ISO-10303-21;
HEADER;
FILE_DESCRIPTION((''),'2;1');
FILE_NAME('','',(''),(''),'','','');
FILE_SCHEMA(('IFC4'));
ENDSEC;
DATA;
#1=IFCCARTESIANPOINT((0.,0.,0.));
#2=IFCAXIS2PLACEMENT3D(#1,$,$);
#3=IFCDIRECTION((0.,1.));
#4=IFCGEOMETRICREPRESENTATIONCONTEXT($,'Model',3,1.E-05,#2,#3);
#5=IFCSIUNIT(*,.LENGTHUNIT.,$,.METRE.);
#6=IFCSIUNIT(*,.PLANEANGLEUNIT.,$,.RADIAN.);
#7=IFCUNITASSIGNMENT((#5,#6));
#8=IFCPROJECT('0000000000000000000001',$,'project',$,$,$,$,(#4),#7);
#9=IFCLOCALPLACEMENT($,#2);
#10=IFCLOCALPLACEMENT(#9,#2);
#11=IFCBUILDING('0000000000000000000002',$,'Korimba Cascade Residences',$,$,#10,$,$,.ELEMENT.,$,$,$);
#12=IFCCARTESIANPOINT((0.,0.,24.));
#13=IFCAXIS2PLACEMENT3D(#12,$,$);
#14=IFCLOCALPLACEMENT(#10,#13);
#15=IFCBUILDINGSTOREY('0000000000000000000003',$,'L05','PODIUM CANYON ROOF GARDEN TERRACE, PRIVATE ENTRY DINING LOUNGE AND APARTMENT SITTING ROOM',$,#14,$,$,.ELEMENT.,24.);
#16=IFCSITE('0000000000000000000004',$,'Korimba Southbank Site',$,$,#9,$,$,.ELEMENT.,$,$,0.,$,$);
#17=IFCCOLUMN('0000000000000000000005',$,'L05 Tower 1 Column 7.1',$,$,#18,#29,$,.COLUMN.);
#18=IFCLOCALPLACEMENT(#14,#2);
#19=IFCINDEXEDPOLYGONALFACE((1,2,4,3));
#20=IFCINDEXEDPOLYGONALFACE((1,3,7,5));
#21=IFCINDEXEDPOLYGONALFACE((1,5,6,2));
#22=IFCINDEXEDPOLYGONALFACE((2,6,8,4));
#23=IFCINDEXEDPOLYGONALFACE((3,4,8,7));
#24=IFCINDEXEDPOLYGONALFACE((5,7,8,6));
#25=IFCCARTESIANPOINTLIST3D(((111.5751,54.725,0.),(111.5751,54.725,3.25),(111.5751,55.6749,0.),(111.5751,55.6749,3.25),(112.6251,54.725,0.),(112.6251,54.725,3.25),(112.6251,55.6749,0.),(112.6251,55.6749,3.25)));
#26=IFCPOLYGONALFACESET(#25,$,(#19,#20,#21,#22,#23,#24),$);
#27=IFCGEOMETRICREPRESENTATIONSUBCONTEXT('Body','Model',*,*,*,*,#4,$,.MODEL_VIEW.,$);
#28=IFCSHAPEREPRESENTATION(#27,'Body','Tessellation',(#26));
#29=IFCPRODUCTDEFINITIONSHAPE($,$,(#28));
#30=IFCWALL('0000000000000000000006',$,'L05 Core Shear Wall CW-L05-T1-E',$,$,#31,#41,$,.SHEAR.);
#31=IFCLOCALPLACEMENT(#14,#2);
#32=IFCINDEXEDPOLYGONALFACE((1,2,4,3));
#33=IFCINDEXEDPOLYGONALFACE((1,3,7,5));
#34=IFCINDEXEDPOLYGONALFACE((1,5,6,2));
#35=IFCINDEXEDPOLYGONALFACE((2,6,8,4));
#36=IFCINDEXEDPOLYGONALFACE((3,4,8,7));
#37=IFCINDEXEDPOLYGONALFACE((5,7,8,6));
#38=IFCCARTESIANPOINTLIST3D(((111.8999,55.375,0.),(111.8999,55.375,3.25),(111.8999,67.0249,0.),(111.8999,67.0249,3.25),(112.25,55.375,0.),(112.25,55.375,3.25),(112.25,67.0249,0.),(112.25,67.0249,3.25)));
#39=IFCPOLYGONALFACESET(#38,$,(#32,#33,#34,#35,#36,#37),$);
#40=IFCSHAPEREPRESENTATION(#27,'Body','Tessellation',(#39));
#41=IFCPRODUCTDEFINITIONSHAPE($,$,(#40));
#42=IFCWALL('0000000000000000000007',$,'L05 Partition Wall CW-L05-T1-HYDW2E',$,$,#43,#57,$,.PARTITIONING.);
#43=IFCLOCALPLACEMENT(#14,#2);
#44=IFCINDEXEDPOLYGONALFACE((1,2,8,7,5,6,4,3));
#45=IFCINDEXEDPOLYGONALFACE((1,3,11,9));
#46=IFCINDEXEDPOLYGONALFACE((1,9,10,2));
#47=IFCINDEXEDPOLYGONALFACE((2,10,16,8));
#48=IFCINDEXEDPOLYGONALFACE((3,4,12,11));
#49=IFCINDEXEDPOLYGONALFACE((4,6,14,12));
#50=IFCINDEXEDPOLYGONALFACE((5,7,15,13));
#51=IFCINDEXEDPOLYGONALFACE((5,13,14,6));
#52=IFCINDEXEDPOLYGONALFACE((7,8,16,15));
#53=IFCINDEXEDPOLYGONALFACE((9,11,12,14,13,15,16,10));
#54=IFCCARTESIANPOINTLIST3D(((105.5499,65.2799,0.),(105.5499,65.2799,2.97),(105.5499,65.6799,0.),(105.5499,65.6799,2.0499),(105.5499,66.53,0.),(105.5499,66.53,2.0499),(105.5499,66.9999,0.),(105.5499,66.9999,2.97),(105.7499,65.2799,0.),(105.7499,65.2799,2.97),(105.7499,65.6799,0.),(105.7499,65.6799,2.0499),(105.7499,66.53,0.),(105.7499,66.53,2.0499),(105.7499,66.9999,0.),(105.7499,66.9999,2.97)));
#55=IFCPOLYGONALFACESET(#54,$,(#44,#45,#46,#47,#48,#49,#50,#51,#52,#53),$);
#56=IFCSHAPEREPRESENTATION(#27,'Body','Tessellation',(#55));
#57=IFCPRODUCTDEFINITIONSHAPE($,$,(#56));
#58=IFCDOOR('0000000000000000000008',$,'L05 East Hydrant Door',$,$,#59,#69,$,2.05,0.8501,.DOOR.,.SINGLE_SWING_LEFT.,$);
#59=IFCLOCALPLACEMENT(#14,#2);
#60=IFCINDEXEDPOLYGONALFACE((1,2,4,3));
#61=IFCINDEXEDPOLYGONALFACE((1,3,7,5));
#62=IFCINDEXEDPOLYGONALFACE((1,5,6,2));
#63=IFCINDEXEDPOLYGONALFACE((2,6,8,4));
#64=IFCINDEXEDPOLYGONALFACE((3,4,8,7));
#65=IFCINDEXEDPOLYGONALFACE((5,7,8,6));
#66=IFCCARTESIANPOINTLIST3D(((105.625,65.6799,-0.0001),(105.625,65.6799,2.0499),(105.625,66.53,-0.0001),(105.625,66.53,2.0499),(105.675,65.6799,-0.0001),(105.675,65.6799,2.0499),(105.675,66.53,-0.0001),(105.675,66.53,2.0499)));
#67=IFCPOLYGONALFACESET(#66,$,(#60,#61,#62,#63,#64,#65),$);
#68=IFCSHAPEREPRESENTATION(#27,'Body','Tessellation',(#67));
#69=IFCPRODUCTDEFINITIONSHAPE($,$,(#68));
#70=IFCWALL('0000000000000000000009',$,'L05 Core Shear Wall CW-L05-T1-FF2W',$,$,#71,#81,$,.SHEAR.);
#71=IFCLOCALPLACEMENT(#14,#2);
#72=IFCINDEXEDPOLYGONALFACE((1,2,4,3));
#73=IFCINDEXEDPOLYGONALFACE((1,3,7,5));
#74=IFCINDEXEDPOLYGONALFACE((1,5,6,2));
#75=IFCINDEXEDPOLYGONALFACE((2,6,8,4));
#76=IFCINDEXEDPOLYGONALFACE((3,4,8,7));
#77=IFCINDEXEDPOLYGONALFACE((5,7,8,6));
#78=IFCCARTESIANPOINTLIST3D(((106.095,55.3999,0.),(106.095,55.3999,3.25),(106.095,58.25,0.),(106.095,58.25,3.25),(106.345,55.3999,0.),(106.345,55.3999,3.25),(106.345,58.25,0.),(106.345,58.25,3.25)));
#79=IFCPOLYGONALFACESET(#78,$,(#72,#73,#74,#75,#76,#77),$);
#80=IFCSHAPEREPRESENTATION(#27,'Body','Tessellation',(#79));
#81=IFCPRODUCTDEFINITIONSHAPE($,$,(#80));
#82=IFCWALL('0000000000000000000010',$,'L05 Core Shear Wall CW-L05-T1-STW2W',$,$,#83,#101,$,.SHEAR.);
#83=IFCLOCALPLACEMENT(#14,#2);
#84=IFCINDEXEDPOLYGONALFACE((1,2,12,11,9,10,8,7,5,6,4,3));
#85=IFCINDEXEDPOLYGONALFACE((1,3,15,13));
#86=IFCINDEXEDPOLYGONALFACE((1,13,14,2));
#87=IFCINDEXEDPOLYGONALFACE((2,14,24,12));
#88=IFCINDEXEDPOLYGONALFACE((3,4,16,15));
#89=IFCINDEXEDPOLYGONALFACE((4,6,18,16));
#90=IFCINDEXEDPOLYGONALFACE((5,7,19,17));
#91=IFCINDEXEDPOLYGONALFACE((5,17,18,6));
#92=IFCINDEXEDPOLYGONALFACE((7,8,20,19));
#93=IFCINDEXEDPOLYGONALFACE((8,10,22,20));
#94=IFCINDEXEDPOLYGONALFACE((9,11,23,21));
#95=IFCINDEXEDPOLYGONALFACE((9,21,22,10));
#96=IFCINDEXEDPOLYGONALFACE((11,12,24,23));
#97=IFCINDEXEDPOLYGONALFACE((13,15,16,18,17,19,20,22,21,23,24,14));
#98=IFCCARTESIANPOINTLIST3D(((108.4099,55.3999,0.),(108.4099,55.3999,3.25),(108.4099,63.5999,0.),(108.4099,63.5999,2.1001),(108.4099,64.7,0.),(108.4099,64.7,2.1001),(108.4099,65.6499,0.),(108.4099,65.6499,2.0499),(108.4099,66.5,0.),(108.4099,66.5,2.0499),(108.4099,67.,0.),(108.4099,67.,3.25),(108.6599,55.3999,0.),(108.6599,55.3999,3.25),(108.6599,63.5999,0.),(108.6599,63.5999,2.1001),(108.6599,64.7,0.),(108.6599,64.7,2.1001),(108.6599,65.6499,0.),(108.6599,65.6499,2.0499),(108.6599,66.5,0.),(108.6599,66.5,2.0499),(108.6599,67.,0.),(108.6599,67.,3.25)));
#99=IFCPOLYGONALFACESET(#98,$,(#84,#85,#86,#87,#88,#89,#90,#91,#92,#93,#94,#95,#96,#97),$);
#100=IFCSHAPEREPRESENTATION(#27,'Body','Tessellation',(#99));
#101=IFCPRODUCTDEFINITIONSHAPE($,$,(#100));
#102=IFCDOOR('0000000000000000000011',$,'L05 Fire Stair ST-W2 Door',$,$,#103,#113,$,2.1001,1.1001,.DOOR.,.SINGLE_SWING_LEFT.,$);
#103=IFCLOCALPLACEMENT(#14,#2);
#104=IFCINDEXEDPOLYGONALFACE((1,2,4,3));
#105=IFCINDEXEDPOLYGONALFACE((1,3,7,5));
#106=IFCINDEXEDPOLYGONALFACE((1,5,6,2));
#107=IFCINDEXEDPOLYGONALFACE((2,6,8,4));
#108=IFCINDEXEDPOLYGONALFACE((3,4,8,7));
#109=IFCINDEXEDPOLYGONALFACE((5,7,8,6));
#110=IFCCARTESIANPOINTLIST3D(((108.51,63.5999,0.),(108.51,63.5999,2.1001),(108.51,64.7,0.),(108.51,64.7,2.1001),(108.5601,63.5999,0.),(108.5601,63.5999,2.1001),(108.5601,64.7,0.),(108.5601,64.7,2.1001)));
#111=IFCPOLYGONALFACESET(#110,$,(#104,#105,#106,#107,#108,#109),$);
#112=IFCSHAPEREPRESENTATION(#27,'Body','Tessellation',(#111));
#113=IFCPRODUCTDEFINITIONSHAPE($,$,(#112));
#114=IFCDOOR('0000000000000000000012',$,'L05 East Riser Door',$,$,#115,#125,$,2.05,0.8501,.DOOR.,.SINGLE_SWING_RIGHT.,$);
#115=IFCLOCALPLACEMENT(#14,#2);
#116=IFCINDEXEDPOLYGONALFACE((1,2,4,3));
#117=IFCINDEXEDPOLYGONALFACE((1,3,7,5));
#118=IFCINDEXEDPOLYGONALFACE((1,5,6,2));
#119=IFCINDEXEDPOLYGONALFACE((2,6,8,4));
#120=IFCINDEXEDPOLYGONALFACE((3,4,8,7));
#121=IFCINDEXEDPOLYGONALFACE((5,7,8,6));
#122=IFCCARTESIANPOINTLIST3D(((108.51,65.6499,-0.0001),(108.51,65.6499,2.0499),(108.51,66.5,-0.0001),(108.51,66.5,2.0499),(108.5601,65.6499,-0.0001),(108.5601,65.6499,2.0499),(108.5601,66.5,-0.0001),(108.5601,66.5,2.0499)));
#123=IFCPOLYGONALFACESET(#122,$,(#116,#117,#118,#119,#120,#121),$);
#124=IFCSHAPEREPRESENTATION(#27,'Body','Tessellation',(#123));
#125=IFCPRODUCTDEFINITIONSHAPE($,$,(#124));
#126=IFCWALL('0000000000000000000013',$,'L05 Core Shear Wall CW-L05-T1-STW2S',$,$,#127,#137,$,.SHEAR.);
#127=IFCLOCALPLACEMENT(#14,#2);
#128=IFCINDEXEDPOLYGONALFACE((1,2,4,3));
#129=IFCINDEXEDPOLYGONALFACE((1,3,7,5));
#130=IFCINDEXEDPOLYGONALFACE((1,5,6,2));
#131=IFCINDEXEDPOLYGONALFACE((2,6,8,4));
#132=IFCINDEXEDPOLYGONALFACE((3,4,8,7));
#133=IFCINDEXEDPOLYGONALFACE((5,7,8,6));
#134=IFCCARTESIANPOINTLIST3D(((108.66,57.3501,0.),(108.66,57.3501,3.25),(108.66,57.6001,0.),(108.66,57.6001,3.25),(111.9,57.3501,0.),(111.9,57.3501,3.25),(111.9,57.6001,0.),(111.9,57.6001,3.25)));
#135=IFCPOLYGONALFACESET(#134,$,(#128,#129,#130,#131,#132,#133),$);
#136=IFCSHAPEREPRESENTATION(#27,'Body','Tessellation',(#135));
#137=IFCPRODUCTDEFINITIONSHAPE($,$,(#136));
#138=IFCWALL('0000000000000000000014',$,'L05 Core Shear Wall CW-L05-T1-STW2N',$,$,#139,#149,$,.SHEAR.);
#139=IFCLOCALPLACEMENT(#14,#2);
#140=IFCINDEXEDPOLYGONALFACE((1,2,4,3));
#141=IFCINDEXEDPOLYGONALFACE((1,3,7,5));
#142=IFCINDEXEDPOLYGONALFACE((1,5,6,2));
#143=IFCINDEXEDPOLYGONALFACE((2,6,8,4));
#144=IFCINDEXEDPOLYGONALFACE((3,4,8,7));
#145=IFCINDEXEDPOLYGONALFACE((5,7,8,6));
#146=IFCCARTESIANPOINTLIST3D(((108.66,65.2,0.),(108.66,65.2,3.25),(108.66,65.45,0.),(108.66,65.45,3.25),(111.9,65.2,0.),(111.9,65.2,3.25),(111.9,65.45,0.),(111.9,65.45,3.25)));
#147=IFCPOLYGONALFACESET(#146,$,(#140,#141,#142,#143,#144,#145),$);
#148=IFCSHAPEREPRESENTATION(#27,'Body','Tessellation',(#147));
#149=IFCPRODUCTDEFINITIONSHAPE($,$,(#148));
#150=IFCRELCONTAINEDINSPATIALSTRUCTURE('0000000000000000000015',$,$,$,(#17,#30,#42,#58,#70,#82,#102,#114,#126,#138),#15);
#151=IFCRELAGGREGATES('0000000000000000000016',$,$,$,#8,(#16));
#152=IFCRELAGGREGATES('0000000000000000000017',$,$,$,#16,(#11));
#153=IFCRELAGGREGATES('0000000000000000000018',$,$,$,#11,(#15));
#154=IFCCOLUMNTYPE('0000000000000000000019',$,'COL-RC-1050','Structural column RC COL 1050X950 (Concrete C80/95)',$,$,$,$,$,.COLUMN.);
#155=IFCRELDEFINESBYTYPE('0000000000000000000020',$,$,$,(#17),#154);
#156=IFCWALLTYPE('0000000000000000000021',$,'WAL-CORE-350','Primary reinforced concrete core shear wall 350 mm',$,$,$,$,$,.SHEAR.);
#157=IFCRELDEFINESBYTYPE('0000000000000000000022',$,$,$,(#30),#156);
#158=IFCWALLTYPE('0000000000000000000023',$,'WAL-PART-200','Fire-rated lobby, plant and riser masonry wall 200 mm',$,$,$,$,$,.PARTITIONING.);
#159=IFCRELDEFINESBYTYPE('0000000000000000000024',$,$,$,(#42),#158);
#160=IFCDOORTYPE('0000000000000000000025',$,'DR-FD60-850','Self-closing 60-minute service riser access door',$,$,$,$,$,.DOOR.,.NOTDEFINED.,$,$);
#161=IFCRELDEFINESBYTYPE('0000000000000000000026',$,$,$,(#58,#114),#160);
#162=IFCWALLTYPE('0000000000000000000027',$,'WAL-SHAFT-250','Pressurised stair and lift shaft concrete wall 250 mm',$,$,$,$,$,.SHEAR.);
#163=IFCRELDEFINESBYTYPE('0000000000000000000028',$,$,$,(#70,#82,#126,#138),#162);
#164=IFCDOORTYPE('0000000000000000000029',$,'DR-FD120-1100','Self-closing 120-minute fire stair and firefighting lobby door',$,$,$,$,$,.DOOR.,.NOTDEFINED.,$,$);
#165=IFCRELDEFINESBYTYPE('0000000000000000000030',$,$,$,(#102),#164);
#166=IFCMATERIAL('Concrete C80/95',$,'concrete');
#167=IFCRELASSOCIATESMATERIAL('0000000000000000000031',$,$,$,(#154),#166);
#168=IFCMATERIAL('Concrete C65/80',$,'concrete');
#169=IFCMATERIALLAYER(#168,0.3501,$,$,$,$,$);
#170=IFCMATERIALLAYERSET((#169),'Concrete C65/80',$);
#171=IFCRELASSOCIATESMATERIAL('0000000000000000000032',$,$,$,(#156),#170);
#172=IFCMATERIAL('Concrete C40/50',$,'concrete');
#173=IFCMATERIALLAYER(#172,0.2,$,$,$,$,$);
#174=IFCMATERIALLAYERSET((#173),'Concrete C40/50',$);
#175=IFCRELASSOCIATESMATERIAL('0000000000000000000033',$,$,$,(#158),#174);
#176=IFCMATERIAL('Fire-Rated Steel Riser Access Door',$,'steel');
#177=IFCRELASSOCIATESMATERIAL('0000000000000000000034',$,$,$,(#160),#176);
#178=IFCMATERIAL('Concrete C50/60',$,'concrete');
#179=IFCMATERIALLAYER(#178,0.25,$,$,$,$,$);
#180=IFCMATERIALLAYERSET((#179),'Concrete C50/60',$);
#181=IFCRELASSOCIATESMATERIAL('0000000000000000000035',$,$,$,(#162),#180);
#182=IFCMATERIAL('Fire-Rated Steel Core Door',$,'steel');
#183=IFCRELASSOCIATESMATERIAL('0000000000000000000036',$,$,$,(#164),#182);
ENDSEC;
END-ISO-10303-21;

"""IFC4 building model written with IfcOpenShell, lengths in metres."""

from ifc_helpers import new_model, si_unit, direction, frame, frame_2d, origin, origin_2d, place, context, subcontext, project, spatial, rectangle, extrude, material, layer, layer_set, material_profile, profile_set, type_object, element, fill, save


model = new_model("IFC4")

# Units and contexts
model_context = context("Model", 3, precision=1e-05, world=origin(), true_north=direction((0.0, 1.0)))
body_context = subcontext(model_context, "Body", "Model", "MODEL_VIEW")
ifc_project = project(units=[si_unit("LENGTHUNIT", "METRE"), si_unit("PLANEANGLEUNIT", "RADIAN")], contexts=[model_context])

# Site, building, storey
site_placement = place(None, origin())
site = spatial("IfcSite", under=ifc_project, at=site_placement, Name="Korimba Southbank Site", CompositionType="ELEMENT", RefElevation=0.0)
building_placement = place(site_placement, origin())
building = spatial("IfcBuilding", under=site, at=building_placement, Name="Korimba Cascade Residences", CompositionType="ELEMENT")
storey_placement = place(building_placement, frame((0.0, 0.0, 24.0)))
storey = spatial("IfcBuildingStorey", under=building, at=storey_placement, Name="L05", Description="PODIUM CANYON ROOF GARDEN TERRACE, PRIVATE ENTRY DINING LOUNGE AND APARTMENT SITTING ROOM", CompositionType="ELEMENT", Elevation=24.0)

# Column
ifc_material_1 = material(Name="Concrete C80/95", Category="concrete")
ifc_material_profile = material_profile(ifc_material_1, rectangle(XDim=1.05, YDim=0.95, at=origin_2d()), Name="Concrete C80/95")
ifc_profile_set = profile_set([ifc_material_profile], Name="Concrete C80/95")
column_type = type_object("IfcColumnType", Name="COL-RC-1050", Description="Structural column RC COL 1050X950 (Concrete C80/95)", PredefinedType="COLUMN", material=ifc_profile_set)
column_placement = place(storey_placement, frame((112.1001, 55.2, 0.0), z_axis=(0.0, 0.0, 1.0), x_axis=(1.0, 0.0, 0.0)))
element("IfcColumn", 1, at=column_placement, inside=storey, type_object=column_type, Name="L05 Tower 1 Column 7.1", PredefinedType="COLUMN", context=body_context, shape_type="SweptSolid", body=[
    extrude(rectangle(XDim=1.05, YDim=0.95, at=origin_2d()), origin(), (0.0, 0.0, 1.0), 3.25),
])

# Wall
ifc_material_2 = material(Name="Concrete C65/80", Category="concrete")
ifc_layer_1 = layer(ifc_material_2, 0.3501)
ifc_layer_set_1 = layer_set([ifc_layer_1], Name="Concrete C65/80")
wall_type_1 = type_object("IfcWallType", Name="WAL-CORE-350", Description="Primary reinforced concrete core shear wall 350 mm", PredefinedType="SHEAR", material=ifc_layer_set_1)
wall_1_placement = place(storey_placement, frame((112.075, 55.375, 0.0), z_axis=(0.0, 0.0, 1.0), x_axis=(0.0, 1.0, 0.0)))
element("IfcWall", 2, at=wall_1_placement, inside=storey, type_object=wall_type_1, Name="L05 Core Shear Wall CW-L05-T1-E", PredefinedType="SHEAR", context=body_context, shape_type="SweptSolid", body=[
    extrude(rectangle(XDim=11.6499, YDim=0.3501, at=frame_2d((5.825, 0.0))), origin(), (0.0, 0.0, 1.0), 3.25),
])

# Wall, opening, door
ifc_material_3 = material(Name="Concrete C40/50", Category="concrete")
ifc_layer_2 = layer(ifc_material_3, 0.2)
ifc_layer_set_2 = layer_set([ifc_layer_2], Name="Concrete C40/50")
wall_type_2 = type_object("IfcWallType", Name="WAL-PART-200", Description="Fire-rated lobby, plant and riser masonry wall 200 mm", PredefinedType="PARTITIONING", material=ifc_layer_set_2)
wall_2_placement = place(storey_placement, frame((105.6499, 65.28, 0.0), z_axis=(0.0, 0.0, 1.0), x_axis=(0.0, 1.0, 0.0)))
wall_2 = element("IfcWall", 3, at=wall_2_placement, inside=storey, type_object=wall_type_2, Name="L05 Partition Wall CW-L05-T1-HYDW2E", PredefinedType="PARTITIONING", context=body_context, shape_type="SweptSolid", body=[
    extrude(rectangle(XDim=1.72, YDim=0.2, at=frame_2d((0.8599, 0.0))), origin(), (0.0, 0.0, 1.0), 2.97),
])
opening_1_placement = place(wall_2_placement, frame((0.3999, 0.0, 0.0)))
opening_1 = element("IfcOpeningElement", 4, at=opening_1_placement, cuts=wall_2, PredefinedType="OPENING", context=body_context, shape_type="SweptSolid", body=[
    extrude(rectangle(XDim=0.8501, YDim=2.05, at=frame_2d((0.425, 1.0249))), frame((0.0, 0.1099, 0.0), z_axis=(0.0, -1.0, 0.0), x_axis=(1.0, 0.0, 0.0)), (0.0, 0.0, 1.0), 0.22),
])
ifc_material_4 = material(Name="Fire-Rated Steel Riser Access Door", Category="steel")
door_type_1 = type_object("IfcDoorType", Name="DR-FD60-850", Description="Self-closing 60-minute service riser access door", OperationType="NOTDEFINED", PredefinedType="DOOR", material=ifc_material_4)
door_1_placement = place(opening_1_placement, origin())
door_1 = element("IfcDoor", 5, at=door_1_placement, inside=storey, type_object=door_type_1, Name="L05 East Hydrant Door", OperationType="SINGLE_SWING_LEFT", OverallHeight=2.05, OverallWidth=0.8501, PredefinedType="DOOR", context=body_context, shape_type="SweptSolid", body=[
    extrude(rectangle(XDim=0.8501, YDim=2.05, at=frame_2d((0.425, 1.0249))), frame((0.0, 0.0249, 0.0), z_axis=(0.0, -1.0, 0.0), x_axis=(1.0, 0.0, 0.0)), (0.0, 0.0, 1.0), 0.05),
])
fill(opening_1, door_1)

# Wall
ifc_material_5 = material(Name="Concrete C50/60", Category="concrete")
ifc_layer_3 = layer(ifc_material_5, 0.25)
ifc_layer_set_3 = layer_set([ifc_layer_3], Name="Concrete C50/60")
wall_type_3 = type_object("IfcWallType", Name="WAL-SHAFT-250", Description="Pressurised stair and lift shaft concrete wall 250 mm", PredefinedType="SHEAR", material=ifc_layer_set_3)
wall_3_placement = place(storey_placement, frame((106.22, 55.3999, 0.0), z_axis=(0.0, 0.0, 1.0), x_axis=(0.0, 1.0, 0.0)))
element("IfcWall", 6, at=wall_3_placement, inside=storey, type_object=wall_type_3, Name="L05 Core Shear Wall CW-L05-T1-FF2W", PredefinedType="SHEAR", context=body_context, shape_type="SweptSolid", body=[
    extrude(rectangle(XDim=2.8501, YDim=0.25, at=frame_2d((1.425, 0.0))), origin(), (0.0, 0.0, 1.0), 3.25),
])

# Wall, openings, doors
wall_4_placement = place(storey_placement, frame((108.5349, 55.3999, 0.0), z_axis=(0.0, 0.0, 1.0), x_axis=(0.0, 1.0, 0.0)))
wall_4 = element("IfcWall", 7, at=wall_4_placement, inside=storey, type_object=wall_type_3, Name="L05 Core Shear Wall CW-L05-T1-STW2W", PredefinedType="SHEAR", context=body_context, shape_type="SweptSolid", body=[
    extrude(rectangle(XDim=11.6001, YDim=0.25, at=frame_2d((5.8, 0.0))), origin(), (0.0, 0.0, 1.0), 3.25),
])
opening_2_placement = place(wall_4_placement, frame((8.2, 0.0, 0.0)))
opening_2 = element("IfcOpeningElement", 8, at=opening_2_placement, cuts=wall_4, PredefinedType="OPENING", context=body_context, shape_type="SweptSolid", body=[
    extrude(rectangle(XDim=1.1001, YDim=2.1001, at=frame_2d((0.55, 1.05))), frame((0.0, 0.135, 0.0), z_axis=(0.0, -1.0, 0.0), x_axis=(1.0, 0.0, 0.0)), (0.0, 0.0, 1.0), 0.27),
])
opening_3_placement = place(wall_4_placement, frame((10.25, 0.0, 0.0)))
opening_3 = element("IfcOpeningElement", 9, at=opening_3_placement, cuts=wall_4, PredefinedType="OPENING", context=body_context, shape_type="SweptSolid", body=[
    extrude(rectangle(XDim=0.8501, YDim=2.05, at=frame_2d((0.425, 1.0249))), frame((0.0, 0.135, 0.0), z_axis=(0.0, -1.0, 0.0), x_axis=(1.0, 0.0, 0.0)), (0.0, 0.0, 1.0), 0.27),
])
ifc_material_6 = material(Name="Fire-Rated Steel Core Door", Category="steel")
door_type_2 = type_object("IfcDoorType", Name="DR-FD120-1100", Description="Self-closing 120-minute fire stair and firefighting lobby door", OperationType="NOTDEFINED", PredefinedType="DOOR", material=ifc_material_6)
door_2_placement = place(opening_2_placement, origin())
door_2 = element("IfcDoor", 10, at=door_2_placement, inside=storey, type_object=door_type_2, Name="L05 Fire Stair ST-W2 Door", OperationType="SINGLE_SWING_LEFT", OverallHeight=2.1001, OverallWidth=1.1001, PredefinedType="DOOR", context=body_context, shape_type="SweptSolid", body=[
    extrude(rectangle(XDim=1.1001, YDim=2.1001, at=frame_2d((0.55, 1.05))), frame((0.0, 0.0249, 0.0), z_axis=(0.0, -1.0, 0.0), x_axis=(1.0, 0.0, 0.0)), (0.0, 0.0, 1.0), 0.05),
])
fill(opening_2, door_2)
door_3_placement = place(opening_3_placement, origin())
door_3 = element("IfcDoor", 11, at=door_3_placement, inside=storey, type_object=door_type_1, Name="L05 East Riser Door", OperationType="SINGLE_SWING_RIGHT", OverallHeight=2.05, OverallWidth=0.8501, PredefinedType="DOOR", context=body_context, shape_type="SweptSolid", body=[
    extrude(rectangle(XDim=0.8501, YDim=2.05, at=frame_2d((0.425, 1.0249))), frame((0.0, 0.0249, 0.0), z_axis=(0.0, -1.0, 0.0), x_axis=(1.0, 0.0, 0.0)), (0.0, 0.0, 1.0), 0.05),
])
fill(opening_3, door_3)

# Walls
for number, where, z_axis, x_axis, name in (
    (12, (108.6599, 57.4751, 0.0), (0.0, 0.0, 1.0), (1.0, 0.0, 0.0), "L05 Core Shear Wall CW-L05-T1-STW2S"),
    (13, (108.6599, 65.325, 0.0), (0.0, 0.0, 1.0), (1.0, 0.0, 0.0), "L05 Core Shear Wall CW-L05-T1-STW2N"),
):
    element("IfcWall", number, at=place(storey_placement, frame(where, z_axis=z_axis, x_axis=x_axis)), inside=storey, type_object=wall_type_3, Name=name, PredefinedType="SHEAR", context=body_context, shape_type="SweptSolid", body=[
        extrude(rectangle(XDim=3.24, YDim=0.25, at=frame_2d((1.6201, 0.0))), origin(), (0.0, 0.0, 1.0), 3.25),
    ])

save(model, "model.ifc")
